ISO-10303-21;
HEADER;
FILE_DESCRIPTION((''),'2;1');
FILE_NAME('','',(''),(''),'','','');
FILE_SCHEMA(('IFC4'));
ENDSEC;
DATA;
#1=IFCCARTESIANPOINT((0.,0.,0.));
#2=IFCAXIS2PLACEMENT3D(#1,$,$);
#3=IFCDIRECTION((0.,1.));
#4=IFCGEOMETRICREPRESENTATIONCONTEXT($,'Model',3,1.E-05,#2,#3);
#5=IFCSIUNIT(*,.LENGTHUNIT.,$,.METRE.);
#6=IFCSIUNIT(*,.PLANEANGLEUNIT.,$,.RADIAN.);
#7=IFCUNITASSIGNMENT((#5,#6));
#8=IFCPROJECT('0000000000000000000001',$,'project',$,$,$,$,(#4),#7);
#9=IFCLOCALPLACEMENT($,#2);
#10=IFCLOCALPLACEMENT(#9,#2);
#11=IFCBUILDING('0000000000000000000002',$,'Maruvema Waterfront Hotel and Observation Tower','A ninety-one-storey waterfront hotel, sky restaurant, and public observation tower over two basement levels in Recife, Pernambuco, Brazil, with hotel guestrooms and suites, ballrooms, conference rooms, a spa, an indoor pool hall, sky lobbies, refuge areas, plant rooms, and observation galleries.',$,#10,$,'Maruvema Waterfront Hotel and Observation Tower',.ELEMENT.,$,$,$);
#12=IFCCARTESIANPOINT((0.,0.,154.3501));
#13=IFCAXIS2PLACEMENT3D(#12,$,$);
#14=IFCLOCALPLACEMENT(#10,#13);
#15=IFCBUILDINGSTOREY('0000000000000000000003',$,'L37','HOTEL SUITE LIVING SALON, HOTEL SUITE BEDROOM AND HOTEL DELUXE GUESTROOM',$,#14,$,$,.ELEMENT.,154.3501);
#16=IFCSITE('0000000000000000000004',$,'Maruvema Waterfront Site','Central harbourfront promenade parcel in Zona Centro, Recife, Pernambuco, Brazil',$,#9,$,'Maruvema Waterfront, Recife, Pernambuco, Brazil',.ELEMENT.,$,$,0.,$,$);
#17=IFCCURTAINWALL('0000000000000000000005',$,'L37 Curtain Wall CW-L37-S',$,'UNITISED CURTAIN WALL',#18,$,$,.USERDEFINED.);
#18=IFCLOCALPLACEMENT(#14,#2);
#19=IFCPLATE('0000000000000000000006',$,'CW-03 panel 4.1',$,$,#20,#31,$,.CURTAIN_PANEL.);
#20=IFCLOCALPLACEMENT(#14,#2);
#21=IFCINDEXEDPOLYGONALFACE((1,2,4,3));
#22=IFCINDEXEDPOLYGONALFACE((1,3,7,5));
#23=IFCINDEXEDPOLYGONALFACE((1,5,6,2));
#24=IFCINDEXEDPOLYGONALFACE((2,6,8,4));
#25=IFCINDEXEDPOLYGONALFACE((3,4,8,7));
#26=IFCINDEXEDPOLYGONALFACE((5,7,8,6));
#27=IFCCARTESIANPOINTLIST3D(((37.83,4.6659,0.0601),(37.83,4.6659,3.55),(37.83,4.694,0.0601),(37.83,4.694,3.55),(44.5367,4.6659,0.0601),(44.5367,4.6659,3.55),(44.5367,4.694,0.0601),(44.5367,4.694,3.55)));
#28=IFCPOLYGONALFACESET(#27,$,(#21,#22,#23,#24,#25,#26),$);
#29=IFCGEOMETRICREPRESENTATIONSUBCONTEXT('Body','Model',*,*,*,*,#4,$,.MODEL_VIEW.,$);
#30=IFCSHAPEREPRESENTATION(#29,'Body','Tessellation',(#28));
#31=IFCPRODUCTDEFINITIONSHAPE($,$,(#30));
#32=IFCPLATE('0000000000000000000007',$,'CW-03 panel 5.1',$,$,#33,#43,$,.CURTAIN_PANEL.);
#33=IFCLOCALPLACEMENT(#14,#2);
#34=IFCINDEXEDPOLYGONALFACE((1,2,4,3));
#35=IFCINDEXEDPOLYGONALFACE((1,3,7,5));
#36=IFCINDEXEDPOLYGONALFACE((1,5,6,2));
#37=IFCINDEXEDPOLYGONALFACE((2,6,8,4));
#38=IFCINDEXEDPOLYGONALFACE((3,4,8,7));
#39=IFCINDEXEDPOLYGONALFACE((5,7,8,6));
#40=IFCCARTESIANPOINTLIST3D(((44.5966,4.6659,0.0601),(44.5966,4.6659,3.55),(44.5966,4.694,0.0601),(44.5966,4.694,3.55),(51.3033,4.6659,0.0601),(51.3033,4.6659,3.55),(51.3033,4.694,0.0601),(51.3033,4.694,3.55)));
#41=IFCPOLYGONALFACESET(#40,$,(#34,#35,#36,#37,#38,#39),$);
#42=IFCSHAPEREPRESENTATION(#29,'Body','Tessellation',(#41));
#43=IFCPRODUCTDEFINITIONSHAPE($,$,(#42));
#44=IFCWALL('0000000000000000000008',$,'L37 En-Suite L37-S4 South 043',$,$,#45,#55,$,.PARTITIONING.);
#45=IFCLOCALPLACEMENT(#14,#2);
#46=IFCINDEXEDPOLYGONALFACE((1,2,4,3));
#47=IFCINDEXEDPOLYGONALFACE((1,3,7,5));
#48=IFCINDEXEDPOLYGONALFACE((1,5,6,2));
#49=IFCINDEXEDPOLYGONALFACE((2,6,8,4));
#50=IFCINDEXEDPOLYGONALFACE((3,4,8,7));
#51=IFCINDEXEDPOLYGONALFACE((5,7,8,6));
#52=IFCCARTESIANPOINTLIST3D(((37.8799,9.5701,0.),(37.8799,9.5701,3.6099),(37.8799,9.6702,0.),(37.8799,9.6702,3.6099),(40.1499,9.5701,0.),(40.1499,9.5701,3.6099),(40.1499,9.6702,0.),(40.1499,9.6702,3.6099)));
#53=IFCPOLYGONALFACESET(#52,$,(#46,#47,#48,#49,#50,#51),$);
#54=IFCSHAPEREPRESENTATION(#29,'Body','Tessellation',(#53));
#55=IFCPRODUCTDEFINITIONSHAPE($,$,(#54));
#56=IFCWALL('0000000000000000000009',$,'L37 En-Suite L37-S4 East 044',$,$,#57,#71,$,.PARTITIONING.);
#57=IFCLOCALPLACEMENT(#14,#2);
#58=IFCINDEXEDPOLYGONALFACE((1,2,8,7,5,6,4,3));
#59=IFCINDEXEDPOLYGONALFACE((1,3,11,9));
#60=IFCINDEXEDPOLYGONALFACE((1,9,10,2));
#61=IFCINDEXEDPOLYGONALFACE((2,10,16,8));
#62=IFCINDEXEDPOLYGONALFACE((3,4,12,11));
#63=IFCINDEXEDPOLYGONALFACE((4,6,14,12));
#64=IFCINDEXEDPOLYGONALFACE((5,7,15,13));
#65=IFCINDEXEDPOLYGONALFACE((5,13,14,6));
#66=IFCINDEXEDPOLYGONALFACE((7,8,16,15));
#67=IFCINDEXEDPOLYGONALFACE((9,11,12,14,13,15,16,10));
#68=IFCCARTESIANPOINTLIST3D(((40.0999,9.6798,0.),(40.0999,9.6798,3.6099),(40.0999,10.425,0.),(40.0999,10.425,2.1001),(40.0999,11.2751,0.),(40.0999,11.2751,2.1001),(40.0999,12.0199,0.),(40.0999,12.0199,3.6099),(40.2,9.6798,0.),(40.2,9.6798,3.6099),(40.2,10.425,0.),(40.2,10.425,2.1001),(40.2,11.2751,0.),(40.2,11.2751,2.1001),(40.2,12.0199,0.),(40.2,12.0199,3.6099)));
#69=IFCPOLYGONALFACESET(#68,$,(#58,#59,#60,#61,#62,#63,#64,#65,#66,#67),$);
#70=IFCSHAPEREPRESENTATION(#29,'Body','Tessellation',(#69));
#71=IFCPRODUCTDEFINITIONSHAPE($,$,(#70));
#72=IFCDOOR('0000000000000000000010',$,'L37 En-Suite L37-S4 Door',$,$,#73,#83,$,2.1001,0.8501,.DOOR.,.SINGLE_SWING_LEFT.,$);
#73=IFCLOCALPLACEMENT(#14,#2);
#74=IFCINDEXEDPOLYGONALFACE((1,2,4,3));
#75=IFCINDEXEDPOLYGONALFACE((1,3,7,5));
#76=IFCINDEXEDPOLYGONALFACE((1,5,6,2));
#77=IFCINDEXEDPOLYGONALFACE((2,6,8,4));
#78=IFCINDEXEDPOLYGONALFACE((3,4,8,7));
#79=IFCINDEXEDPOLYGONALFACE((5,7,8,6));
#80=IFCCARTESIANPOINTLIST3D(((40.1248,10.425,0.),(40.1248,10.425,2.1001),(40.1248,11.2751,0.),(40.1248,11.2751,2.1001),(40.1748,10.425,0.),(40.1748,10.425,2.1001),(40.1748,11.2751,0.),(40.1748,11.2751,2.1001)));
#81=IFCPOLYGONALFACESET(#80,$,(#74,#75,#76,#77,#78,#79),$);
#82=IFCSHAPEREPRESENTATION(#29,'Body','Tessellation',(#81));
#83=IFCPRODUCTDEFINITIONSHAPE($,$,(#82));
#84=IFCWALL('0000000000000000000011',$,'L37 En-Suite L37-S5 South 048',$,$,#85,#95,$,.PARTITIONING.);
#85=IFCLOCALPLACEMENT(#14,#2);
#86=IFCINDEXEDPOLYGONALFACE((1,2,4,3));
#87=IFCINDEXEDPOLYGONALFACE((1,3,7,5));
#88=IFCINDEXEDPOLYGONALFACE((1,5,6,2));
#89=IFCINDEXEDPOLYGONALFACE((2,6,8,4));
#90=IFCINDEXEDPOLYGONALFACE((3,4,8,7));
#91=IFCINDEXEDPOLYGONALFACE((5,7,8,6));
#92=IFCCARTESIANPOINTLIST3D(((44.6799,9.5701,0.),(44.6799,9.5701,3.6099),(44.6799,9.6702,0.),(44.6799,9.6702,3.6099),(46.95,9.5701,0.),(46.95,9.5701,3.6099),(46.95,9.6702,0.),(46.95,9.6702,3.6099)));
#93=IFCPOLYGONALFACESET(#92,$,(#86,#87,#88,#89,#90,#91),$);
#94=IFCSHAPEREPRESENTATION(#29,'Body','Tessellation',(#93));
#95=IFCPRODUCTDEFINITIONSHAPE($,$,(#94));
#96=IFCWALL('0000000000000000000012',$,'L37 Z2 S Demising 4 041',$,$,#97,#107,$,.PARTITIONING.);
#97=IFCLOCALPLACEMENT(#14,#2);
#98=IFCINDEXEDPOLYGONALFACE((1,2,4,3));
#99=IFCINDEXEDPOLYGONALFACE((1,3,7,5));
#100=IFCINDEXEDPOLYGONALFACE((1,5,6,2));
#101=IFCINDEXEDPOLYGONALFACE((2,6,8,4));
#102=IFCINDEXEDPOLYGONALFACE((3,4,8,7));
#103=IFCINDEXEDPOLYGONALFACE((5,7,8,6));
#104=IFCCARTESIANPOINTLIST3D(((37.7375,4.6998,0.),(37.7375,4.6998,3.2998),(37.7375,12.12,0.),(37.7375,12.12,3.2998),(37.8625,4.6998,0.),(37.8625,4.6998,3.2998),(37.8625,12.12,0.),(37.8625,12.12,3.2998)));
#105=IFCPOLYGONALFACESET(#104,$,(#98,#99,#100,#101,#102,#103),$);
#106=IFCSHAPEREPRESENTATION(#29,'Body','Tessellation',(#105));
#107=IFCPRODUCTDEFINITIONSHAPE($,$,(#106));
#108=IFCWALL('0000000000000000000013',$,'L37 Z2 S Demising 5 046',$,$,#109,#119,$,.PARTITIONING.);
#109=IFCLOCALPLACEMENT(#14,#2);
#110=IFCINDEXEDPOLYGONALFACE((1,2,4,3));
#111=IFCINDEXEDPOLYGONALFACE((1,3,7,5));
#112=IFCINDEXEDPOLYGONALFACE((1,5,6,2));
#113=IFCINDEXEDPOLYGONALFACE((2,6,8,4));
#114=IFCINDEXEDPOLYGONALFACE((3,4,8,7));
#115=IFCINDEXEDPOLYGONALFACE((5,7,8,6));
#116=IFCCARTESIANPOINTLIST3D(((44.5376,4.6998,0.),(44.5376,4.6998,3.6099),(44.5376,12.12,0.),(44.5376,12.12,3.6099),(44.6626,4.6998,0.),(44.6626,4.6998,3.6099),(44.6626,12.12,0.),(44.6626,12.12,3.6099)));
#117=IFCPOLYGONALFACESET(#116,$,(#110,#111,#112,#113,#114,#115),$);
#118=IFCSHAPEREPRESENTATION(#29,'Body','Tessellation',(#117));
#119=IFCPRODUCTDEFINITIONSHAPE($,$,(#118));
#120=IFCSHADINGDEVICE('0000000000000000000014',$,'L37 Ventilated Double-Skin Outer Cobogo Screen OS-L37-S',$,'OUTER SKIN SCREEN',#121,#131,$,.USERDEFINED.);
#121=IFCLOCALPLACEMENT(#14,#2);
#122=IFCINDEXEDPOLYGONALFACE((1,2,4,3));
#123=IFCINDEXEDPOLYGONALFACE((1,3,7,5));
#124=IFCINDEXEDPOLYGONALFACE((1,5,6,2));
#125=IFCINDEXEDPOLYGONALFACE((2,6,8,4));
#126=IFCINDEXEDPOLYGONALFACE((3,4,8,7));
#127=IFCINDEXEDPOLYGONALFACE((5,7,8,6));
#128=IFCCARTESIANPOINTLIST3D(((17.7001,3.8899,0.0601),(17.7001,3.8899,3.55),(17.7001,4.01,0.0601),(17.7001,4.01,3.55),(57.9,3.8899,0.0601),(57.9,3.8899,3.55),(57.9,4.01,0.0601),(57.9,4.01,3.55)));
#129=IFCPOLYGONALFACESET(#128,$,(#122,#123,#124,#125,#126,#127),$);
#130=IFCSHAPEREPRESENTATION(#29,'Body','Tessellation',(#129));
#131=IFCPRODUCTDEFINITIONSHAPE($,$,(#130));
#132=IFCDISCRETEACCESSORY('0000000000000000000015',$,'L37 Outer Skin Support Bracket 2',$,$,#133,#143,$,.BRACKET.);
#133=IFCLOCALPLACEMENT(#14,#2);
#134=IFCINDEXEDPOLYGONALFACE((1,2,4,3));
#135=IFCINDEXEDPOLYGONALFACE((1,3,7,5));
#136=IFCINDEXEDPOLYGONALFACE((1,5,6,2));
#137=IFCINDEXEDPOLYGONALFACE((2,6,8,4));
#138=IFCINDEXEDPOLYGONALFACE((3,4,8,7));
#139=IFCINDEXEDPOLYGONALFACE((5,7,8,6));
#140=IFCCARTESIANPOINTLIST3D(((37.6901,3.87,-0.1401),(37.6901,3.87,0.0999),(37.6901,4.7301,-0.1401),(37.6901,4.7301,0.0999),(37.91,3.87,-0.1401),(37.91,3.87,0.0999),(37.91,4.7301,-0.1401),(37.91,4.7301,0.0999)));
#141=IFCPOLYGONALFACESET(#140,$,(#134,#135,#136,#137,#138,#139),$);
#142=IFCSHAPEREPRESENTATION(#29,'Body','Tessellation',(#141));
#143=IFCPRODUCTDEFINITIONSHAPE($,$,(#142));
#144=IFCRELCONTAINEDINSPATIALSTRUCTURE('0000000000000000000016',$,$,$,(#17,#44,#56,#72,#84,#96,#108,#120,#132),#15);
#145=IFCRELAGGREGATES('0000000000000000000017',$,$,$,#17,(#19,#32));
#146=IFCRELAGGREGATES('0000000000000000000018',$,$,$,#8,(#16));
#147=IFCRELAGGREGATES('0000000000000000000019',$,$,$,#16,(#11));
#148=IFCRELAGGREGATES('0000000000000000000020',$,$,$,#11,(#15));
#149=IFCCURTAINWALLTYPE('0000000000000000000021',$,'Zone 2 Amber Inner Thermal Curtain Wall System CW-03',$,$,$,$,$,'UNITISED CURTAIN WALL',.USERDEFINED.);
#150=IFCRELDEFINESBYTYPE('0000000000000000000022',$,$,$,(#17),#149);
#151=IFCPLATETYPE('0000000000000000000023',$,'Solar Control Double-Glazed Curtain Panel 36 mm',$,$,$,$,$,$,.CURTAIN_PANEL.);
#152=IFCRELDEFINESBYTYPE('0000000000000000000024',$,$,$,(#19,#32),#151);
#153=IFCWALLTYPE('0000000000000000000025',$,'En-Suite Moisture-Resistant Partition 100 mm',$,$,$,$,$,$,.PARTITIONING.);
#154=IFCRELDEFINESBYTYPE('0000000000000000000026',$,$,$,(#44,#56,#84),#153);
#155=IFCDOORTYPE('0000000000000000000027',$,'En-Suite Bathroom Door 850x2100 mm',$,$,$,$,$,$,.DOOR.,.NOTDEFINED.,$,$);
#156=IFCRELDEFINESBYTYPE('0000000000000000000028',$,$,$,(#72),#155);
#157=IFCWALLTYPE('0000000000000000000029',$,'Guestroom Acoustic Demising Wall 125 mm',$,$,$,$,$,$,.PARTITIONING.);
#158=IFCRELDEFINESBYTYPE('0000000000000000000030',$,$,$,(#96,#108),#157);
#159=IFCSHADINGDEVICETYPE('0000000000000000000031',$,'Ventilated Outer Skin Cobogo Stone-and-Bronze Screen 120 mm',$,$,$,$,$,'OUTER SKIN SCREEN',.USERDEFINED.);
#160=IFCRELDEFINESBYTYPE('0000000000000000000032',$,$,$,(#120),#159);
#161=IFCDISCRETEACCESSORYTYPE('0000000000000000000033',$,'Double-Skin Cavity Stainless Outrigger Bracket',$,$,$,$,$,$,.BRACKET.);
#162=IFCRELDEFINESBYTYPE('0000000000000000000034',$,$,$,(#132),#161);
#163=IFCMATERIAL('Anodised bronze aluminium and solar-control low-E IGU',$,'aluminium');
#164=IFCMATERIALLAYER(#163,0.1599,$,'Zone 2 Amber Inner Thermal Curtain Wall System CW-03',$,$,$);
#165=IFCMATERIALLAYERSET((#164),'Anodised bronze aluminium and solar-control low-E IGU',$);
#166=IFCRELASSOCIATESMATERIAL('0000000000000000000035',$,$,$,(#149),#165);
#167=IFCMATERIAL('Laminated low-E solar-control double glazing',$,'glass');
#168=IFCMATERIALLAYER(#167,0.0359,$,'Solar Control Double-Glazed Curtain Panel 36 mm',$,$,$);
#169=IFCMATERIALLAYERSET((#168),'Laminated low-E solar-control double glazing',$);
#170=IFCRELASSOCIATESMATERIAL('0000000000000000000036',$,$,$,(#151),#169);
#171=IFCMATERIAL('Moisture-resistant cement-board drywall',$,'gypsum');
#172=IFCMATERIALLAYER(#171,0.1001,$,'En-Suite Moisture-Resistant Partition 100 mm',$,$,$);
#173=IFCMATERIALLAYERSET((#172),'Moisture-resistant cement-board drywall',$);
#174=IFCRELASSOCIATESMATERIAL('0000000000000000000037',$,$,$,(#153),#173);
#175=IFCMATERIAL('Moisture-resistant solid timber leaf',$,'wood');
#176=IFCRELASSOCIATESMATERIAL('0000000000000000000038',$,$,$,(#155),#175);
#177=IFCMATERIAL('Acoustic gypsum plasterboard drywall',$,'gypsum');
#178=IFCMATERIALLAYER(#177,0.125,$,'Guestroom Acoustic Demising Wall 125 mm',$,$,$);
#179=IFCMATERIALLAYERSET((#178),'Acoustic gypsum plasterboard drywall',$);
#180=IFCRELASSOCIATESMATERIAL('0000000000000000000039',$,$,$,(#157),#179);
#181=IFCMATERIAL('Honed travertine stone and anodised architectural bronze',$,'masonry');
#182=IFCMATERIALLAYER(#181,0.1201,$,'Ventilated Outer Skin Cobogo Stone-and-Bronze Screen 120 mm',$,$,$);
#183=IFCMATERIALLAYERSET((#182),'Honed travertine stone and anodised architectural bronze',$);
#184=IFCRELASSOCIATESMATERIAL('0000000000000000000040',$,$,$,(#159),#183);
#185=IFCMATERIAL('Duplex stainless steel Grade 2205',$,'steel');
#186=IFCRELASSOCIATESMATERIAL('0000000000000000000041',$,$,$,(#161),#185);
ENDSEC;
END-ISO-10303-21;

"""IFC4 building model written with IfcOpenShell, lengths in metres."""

from ifc_helpers import new_model, si_unit, direction, frame, frame_2d, origin, origin_2d, place, context, subcontext, project, spatial, rectangle, extrude, material, layer, layer_set, type_object, element, fill, aggregate, save


model = new_model("IFC4")

# Units and contexts
model_context = context("Model", 3, precision=1e-05, world=origin(), true_north=direction((0.0, 1.0)))
body_context = subcontext(model_context, "Body", "Model", "MODEL_VIEW")
ifc_project = project(units=[si_unit("LENGTHUNIT", "METRE"), si_unit("PLANEANGLEUNIT", "RADIAN")], contexts=[model_context])

# Site, building, storey
site_placement = place(None, origin())
site = spatial("IfcSite", under=ifc_project, at=site_placement, Name="Maruvema Waterfront Site", Description="Central harbourfront promenade parcel in Zona Centro, Recife, Pernambuco, Brazil", LongName="Maruvema Waterfront, Recife, Pernambuco, Brazil", CompositionType="ELEMENT", RefElevation=0.0)
building_placement = place(site_placement, origin())
building = spatial("IfcBuilding", under=site, at=building_placement, Name="Maruvema Waterfront Hotel and Observation Tower", Description="A ninety-one-storey waterfront hotel, sky restaurant, and public observation tower over two basement levels in Recife, Pernambuco, Brazil, with hotel guestrooms and suites, ballrooms, conference rooms, a spa, an indoor pool hall, sky lobbies, refuge areas, plant rooms, and observation galleries.", LongName="Maruvema Waterfront Hotel and Observation Tower", CompositionType="ELEMENT")
storey_placement = place(building_placement, frame((0.0, 0.0, 154.3501)))
storey = spatial("IfcBuildingStorey", under=building, at=storey_placement, Name="L37", Description="HOTEL SUITE LIVING SALON, HOTEL SUITE BEDROOM AND HOTEL DELUXE GUESTROOM", CompositionType="ELEMENT", Elevation=154.3501)

# Curtain wall
ifc_material_1 = material(Name="Anodised bronze aluminium and solar-control low-E IGU", Category="aluminium")
ifc_layer_1 = layer(ifc_material_1, 0.1599, Name="Zone 2 Amber Inner Thermal Curtain Wall System CW-03")
ifc_layer_set_1 = layer_set([ifc_layer_1], Name="Anodised bronze aluminium and solar-control low-E IGU")
curtain_wall_type = type_object("IfcCurtainWallType", Name="Zone 2 Amber Inner Thermal Curtain Wall System CW-03", ElementType="UNITISED CURTAIN WALL", PredefinedType="USERDEFINED", material=ifc_layer_set_1)
curtain_wall_placement = place(storey_placement, origin())
curtain_wall = element("IfcCurtainWall", 1, at=curtain_wall_placement, inside=storey, type_object=curtain_wall_type, Name="L37 Curtain Wall CW-L37-S", ObjectType="UNITISED CURTAIN WALL", PredefinedType="USERDEFINED")

# Plates
ifc_material_2 = material(Name="Laminated low-E solar-control double glazing", Category="glass")
ifc_layer_2 = layer(ifc_material_2, 0.0359, Name="Solar Control Double-Glazed Curtain Panel 36 mm")
ifc_layer_set_2 = layer_set([ifc_layer_2], Name="Laminated low-E solar-control double glazing")
plate_type = type_object("IfcPlateType", Name="Solar Control Double-Glazed Curtain Panel 36 mm", PredefinedType="CURTAIN_PANEL", material=ifc_layer_set_2)
plate_1_placement = place(storey_placement, frame((41.1833, 4.6799, 0.0601), z_axis=(0.0, 0.0, 1.0), x_axis=(1.0, 0.0, 0.0)))
plate_1 = element("IfcPlate", 2, at=plate_1_placement, type_object=plate_type, Name="CW-03 panel 4.1", PredefinedType="CURTAIN_PANEL", context=body_context, shape_type="SweptSolid", body=[
    extrude(rectangle(XDim=6.7068, YDim=0.0281, at=origin_2d()), origin(), (0.0, 0.0, 1.0), 3.49),
])
plate_2_placement = place(storey_placement, frame((47.95, 4.6799, 0.0601), z_axis=(0.0, 0.0, 1.0), x_axis=(1.0, 0.0, 0.0)))
plate_2 = element("IfcPlate", 3, at=plate_2_placement, type_object=plate_type, Name="CW-03 panel 5.1", PredefinedType="CURTAIN_PANEL", context=body_context, shape_type="SweptSolid", body=[
    extrude(rectangle(XDim=6.7068, YDim=0.0281, at=origin_2d()), origin(), (0.0, 0.0, 1.0), 3.49),
])
aggregate(curtain_wall, [plate_1, plate_2])

# Wall
ifc_material_3 = material(Name="Moisture-resistant cement-board drywall", Category="gypsum")
ifc_layer_3 = layer(ifc_material_3, 0.1001, Name="En-Suite Moisture-Resistant Partition 100 mm")
ifc_layer_set_3 = layer_set([ifc_layer_3], Name="Moisture-resistant cement-board drywall")
wall_type_1 = type_object("IfcWallType", Name="En-Suite Moisture-Resistant Partition 100 mm", PredefinedType="PARTITIONING", material=ifc_layer_set_3)
wall_1_placement = place(storey_placement, frame((37.8799, 9.6201, 0.0), z_axis=(0.0, 0.0, 1.0), x_axis=(1.0, 0.0, 0.0)))
element("IfcWall", 4, at=wall_1_placement, inside=storey, type_object=wall_type_1, Name="L37 En-Suite L37-S4 South 043", PredefinedType="PARTITIONING", context=body_context, shape_type="SweptSolid", body=[
    extrude(rectangle(XDim=2.27, YDim=0.1001, at=frame_2d((1.135, 0.0))), origin(), (0.0, 0.0, 1.0), 3.6099),
])

# Wall, opening, door
wall_2_placement = place(storey_placement, frame((40.1499, 9.6799, 0.0), z_axis=(0.0, 0.0, 1.0), x_axis=(0.0, 1.0, 0.0)))
wall_2 = element("IfcWall", 5, at=wall_2_placement, inside=storey, type_object=wall_type_1, Name="L37 En-Suite L37-S4 East 044", PredefinedType="PARTITIONING", context=body_context, shape_type="SweptSolid", body=[
    extrude(rectangle(XDim=2.3401, YDim=0.1001, at=frame_2d((1.1699, 0.0))), origin(), (0.0, 0.0, 1.0), 3.6099),
])
opening_placement = place(wall_2_placement, frame((0.7451, 0.0, 0.0)))
opening = element("IfcOpeningElement", 6, at=opening_placement, cuts=wall_2, PredefinedType="OPENING", context=body_context, shape_type="SweptSolid", body=[
    extrude(rectangle(XDim=0.8501, YDim=2.1001, at=frame_2d((0.425, 1.05))), frame((0.0, 0.0601, 0.0), z_axis=(0.0, -1.0, 0.0), x_axis=(1.0, 0.0, 0.0)), (0.0, 0.0, 1.0), 0.1201),
])
ifc_material_4 = material(Name="Moisture-resistant solid timber leaf", Category="wood")
door_type = type_object("IfcDoorType", Name="En-Suite Bathroom Door 850x2100 mm", OperationType="NOTDEFINED", PredefinedType="DOOR", material=ifc_material_4)
door_placement = place(opening_placement, frame((0.8501, 0.0, 0.0), z_axis=(0.0, 0.0, 1.0), x_axis=(-1.0, 0.0, 0.0)))
door = element("IfcDoor", 7, at=door_placement, inside=storey, type_object=door_type, Name="L37 En-Suite L37-S4 Door", OperationType="SINGLE_SWING_LEFT", OverallHeight=2.1001, OverallWidth=0.8501, PredefinedType="DOOR", context=body_context, shape_type="SweptSolid", body=[
    extrude(rectangle(XDim=0.8501, YDim=2.1001, at=frame_2d((0.425, 1.05))), frame((0.0, 0.0249, 0.0), z_axis=(0.0, -1.0, 0.0), x_axis=(1.0, 0.0, 0.0)), (0.0, 0.0, 1.0), 0.05),
])
fill(opening, door)

# Walls
wall_3_placement = place(storey_placement, frame((44.6799, 9.6201, 0.0), z_axis=(0.0, 0.0, 1.0), x_axis=(1.0, 0.0, 0.0)))
element("IfcWall", 8, at=wall_3_placement, inside=storey, type_object=wall_type_1, Name="L37 En-Suite L37-S5 South 048", PredefinedType="PARTITIONING", context=body_context, shape_type="SweptSolid", body=[
    extrude(rectangle(XDim=2.27, YDim=0.1001, at=frame_2d((1.135, 0.0))), origin(), (0.0, 0.0, 1.0), 3.6099),
])
ifc_material_5 = material(Name="Acoustic gypsum plasterboard drywall", Category="gypsum")
ifc_layer_4 = layer(ifc_material_5, 0.125, Name="Guestroom Acoustic Demising Wall 125 mm")
ifc_layer_set_4 = layer_set([ifc_layer_4], Name="Acoustic gypsum plasterboard drywall")
wall_type_2 = type_object("IfcWallType", Name="Guestroom Acoustic Demising Wall 125 mm", PredefinedType="PARTITIONING", material=ifc_layer_set_4)
wall_4_placement = place(storey_placement, frame((37.8, 4.7, 0.0), z_axis=(0.0, 0.0, 1.0), x_axis=(0.0, 1.0, 0.0)))
element("IfcWall", 9, at=wall_4_placement, inside=storey, type_object=wall_type_2, Name="L37 Z2 S Demising 4 041", PredefinedType="PARTITIONING", context=body_context, shape_type="SweptSolid", body=[
    extrude(rectangle(XDim=7.4202, YDim=0.125, at=frame_2d((3.71, 0.0))), origin(), (0.0, 0.0, 1.0), 3.2998),
])
wall_5_placement = place(storey_placement, frame((44.6001, 4.7, 0.0), z_axis=(0.0, 0.0, 1.0), x_axis=(0.0, 1.0, 0.0)))
element("IfcWall", 10, at=wall_5_placement, inside=storey, type_object=wall_type_2, Name="L37 Z2 S Demising 5 046", PredefinedType="PARTITIONING", context=body_context, shape_type="SweptSolid", body=[
    extrude(rectangle(XDim=7.4202, YDim=0.125, at=frame_2d((3.71, 0.0))), origin(), (0.0, 0.0, 1.0), 3.6099),
])

# Shading device
ifc_material_6 = material(Name="Honed travertine stone and anodised architectural bronze", Category="masonry")
ifc_layer_5 = layer(ifc_material_6, 0.1201, Name="Ventilated Outer Skin Cobogo Stone-and-Bronze Screen 120 mm")
ifc_layer_set_5 = layer_set([ifc_layer_5], Name="Honed travertine stone and anodised architectural bronze")
shading_device_type = type_object("IfcShadingDeviceType", Name="Ventilated Outer Skin Cobogo Stone-and-Bronze Screen 120 mm", ElementType="OUTER SKIN SCREEN", PredefinedType="USERDEFINED", material=ifc_layer_set_5)
shading_device_placement = place(storey_placement, frame((37.8, 3.95, 0.0601), z_axis=(0.0, 0.0, 1.0), x_axis=(1.0, 0.0, 0.0)))
element("IfcShadingDevice", 11, at=shading_device_placement, inside=storey, type_object=shading_device_type, Name="L37 Ventilated Double-Skin Outer Cobogo Screen OS-L37-S", ObjectType="OUTER SKIN SCREEN", PredefinedType="USERDEFINED", context=body_context, shape_type="SweptSolid", body=[
    extrude(rectangle(XDim=40.2, YDim=0.1201, at=origin_2d()), origin(), (0.0, 0.0, 1.0), 3.49),
])

# Discrete accessory
ifc_material_7 = material(Name="Duplex stainless steel Grade 2205", Category="steel")
discrete_accessory_type = type_object("IfcDiscreteAccessoryType", Name="Double-Skin Cavity Stainless Outrigger Bracket", PredefinedType="BRACKET", material=ifc_material_7)
discrete_accessory_placement = place(storey_placement, frame((37.8, 4.3, -0.1401), z_axis=(0.0, 0.0, 1.0), x_axis=(1.0, 0.0, 0.0)))
element("IfcDiscreteAccessory", 12, at=discrete_accessory_placement, inside=storey, type_object=discrete_accessory_type, Name="L37 Outer Skin Support Bracket 2", PredefinedType="BRACKET", context=body_context, shape_type="SweptSolid", body=[
    extrude(rectangle(XDim=0.22, YDim=0.8601, at=origin_2d()), origin(), (0.0, 0.0, 1.0), 0.24),
])

save(model, "model.ifc")
